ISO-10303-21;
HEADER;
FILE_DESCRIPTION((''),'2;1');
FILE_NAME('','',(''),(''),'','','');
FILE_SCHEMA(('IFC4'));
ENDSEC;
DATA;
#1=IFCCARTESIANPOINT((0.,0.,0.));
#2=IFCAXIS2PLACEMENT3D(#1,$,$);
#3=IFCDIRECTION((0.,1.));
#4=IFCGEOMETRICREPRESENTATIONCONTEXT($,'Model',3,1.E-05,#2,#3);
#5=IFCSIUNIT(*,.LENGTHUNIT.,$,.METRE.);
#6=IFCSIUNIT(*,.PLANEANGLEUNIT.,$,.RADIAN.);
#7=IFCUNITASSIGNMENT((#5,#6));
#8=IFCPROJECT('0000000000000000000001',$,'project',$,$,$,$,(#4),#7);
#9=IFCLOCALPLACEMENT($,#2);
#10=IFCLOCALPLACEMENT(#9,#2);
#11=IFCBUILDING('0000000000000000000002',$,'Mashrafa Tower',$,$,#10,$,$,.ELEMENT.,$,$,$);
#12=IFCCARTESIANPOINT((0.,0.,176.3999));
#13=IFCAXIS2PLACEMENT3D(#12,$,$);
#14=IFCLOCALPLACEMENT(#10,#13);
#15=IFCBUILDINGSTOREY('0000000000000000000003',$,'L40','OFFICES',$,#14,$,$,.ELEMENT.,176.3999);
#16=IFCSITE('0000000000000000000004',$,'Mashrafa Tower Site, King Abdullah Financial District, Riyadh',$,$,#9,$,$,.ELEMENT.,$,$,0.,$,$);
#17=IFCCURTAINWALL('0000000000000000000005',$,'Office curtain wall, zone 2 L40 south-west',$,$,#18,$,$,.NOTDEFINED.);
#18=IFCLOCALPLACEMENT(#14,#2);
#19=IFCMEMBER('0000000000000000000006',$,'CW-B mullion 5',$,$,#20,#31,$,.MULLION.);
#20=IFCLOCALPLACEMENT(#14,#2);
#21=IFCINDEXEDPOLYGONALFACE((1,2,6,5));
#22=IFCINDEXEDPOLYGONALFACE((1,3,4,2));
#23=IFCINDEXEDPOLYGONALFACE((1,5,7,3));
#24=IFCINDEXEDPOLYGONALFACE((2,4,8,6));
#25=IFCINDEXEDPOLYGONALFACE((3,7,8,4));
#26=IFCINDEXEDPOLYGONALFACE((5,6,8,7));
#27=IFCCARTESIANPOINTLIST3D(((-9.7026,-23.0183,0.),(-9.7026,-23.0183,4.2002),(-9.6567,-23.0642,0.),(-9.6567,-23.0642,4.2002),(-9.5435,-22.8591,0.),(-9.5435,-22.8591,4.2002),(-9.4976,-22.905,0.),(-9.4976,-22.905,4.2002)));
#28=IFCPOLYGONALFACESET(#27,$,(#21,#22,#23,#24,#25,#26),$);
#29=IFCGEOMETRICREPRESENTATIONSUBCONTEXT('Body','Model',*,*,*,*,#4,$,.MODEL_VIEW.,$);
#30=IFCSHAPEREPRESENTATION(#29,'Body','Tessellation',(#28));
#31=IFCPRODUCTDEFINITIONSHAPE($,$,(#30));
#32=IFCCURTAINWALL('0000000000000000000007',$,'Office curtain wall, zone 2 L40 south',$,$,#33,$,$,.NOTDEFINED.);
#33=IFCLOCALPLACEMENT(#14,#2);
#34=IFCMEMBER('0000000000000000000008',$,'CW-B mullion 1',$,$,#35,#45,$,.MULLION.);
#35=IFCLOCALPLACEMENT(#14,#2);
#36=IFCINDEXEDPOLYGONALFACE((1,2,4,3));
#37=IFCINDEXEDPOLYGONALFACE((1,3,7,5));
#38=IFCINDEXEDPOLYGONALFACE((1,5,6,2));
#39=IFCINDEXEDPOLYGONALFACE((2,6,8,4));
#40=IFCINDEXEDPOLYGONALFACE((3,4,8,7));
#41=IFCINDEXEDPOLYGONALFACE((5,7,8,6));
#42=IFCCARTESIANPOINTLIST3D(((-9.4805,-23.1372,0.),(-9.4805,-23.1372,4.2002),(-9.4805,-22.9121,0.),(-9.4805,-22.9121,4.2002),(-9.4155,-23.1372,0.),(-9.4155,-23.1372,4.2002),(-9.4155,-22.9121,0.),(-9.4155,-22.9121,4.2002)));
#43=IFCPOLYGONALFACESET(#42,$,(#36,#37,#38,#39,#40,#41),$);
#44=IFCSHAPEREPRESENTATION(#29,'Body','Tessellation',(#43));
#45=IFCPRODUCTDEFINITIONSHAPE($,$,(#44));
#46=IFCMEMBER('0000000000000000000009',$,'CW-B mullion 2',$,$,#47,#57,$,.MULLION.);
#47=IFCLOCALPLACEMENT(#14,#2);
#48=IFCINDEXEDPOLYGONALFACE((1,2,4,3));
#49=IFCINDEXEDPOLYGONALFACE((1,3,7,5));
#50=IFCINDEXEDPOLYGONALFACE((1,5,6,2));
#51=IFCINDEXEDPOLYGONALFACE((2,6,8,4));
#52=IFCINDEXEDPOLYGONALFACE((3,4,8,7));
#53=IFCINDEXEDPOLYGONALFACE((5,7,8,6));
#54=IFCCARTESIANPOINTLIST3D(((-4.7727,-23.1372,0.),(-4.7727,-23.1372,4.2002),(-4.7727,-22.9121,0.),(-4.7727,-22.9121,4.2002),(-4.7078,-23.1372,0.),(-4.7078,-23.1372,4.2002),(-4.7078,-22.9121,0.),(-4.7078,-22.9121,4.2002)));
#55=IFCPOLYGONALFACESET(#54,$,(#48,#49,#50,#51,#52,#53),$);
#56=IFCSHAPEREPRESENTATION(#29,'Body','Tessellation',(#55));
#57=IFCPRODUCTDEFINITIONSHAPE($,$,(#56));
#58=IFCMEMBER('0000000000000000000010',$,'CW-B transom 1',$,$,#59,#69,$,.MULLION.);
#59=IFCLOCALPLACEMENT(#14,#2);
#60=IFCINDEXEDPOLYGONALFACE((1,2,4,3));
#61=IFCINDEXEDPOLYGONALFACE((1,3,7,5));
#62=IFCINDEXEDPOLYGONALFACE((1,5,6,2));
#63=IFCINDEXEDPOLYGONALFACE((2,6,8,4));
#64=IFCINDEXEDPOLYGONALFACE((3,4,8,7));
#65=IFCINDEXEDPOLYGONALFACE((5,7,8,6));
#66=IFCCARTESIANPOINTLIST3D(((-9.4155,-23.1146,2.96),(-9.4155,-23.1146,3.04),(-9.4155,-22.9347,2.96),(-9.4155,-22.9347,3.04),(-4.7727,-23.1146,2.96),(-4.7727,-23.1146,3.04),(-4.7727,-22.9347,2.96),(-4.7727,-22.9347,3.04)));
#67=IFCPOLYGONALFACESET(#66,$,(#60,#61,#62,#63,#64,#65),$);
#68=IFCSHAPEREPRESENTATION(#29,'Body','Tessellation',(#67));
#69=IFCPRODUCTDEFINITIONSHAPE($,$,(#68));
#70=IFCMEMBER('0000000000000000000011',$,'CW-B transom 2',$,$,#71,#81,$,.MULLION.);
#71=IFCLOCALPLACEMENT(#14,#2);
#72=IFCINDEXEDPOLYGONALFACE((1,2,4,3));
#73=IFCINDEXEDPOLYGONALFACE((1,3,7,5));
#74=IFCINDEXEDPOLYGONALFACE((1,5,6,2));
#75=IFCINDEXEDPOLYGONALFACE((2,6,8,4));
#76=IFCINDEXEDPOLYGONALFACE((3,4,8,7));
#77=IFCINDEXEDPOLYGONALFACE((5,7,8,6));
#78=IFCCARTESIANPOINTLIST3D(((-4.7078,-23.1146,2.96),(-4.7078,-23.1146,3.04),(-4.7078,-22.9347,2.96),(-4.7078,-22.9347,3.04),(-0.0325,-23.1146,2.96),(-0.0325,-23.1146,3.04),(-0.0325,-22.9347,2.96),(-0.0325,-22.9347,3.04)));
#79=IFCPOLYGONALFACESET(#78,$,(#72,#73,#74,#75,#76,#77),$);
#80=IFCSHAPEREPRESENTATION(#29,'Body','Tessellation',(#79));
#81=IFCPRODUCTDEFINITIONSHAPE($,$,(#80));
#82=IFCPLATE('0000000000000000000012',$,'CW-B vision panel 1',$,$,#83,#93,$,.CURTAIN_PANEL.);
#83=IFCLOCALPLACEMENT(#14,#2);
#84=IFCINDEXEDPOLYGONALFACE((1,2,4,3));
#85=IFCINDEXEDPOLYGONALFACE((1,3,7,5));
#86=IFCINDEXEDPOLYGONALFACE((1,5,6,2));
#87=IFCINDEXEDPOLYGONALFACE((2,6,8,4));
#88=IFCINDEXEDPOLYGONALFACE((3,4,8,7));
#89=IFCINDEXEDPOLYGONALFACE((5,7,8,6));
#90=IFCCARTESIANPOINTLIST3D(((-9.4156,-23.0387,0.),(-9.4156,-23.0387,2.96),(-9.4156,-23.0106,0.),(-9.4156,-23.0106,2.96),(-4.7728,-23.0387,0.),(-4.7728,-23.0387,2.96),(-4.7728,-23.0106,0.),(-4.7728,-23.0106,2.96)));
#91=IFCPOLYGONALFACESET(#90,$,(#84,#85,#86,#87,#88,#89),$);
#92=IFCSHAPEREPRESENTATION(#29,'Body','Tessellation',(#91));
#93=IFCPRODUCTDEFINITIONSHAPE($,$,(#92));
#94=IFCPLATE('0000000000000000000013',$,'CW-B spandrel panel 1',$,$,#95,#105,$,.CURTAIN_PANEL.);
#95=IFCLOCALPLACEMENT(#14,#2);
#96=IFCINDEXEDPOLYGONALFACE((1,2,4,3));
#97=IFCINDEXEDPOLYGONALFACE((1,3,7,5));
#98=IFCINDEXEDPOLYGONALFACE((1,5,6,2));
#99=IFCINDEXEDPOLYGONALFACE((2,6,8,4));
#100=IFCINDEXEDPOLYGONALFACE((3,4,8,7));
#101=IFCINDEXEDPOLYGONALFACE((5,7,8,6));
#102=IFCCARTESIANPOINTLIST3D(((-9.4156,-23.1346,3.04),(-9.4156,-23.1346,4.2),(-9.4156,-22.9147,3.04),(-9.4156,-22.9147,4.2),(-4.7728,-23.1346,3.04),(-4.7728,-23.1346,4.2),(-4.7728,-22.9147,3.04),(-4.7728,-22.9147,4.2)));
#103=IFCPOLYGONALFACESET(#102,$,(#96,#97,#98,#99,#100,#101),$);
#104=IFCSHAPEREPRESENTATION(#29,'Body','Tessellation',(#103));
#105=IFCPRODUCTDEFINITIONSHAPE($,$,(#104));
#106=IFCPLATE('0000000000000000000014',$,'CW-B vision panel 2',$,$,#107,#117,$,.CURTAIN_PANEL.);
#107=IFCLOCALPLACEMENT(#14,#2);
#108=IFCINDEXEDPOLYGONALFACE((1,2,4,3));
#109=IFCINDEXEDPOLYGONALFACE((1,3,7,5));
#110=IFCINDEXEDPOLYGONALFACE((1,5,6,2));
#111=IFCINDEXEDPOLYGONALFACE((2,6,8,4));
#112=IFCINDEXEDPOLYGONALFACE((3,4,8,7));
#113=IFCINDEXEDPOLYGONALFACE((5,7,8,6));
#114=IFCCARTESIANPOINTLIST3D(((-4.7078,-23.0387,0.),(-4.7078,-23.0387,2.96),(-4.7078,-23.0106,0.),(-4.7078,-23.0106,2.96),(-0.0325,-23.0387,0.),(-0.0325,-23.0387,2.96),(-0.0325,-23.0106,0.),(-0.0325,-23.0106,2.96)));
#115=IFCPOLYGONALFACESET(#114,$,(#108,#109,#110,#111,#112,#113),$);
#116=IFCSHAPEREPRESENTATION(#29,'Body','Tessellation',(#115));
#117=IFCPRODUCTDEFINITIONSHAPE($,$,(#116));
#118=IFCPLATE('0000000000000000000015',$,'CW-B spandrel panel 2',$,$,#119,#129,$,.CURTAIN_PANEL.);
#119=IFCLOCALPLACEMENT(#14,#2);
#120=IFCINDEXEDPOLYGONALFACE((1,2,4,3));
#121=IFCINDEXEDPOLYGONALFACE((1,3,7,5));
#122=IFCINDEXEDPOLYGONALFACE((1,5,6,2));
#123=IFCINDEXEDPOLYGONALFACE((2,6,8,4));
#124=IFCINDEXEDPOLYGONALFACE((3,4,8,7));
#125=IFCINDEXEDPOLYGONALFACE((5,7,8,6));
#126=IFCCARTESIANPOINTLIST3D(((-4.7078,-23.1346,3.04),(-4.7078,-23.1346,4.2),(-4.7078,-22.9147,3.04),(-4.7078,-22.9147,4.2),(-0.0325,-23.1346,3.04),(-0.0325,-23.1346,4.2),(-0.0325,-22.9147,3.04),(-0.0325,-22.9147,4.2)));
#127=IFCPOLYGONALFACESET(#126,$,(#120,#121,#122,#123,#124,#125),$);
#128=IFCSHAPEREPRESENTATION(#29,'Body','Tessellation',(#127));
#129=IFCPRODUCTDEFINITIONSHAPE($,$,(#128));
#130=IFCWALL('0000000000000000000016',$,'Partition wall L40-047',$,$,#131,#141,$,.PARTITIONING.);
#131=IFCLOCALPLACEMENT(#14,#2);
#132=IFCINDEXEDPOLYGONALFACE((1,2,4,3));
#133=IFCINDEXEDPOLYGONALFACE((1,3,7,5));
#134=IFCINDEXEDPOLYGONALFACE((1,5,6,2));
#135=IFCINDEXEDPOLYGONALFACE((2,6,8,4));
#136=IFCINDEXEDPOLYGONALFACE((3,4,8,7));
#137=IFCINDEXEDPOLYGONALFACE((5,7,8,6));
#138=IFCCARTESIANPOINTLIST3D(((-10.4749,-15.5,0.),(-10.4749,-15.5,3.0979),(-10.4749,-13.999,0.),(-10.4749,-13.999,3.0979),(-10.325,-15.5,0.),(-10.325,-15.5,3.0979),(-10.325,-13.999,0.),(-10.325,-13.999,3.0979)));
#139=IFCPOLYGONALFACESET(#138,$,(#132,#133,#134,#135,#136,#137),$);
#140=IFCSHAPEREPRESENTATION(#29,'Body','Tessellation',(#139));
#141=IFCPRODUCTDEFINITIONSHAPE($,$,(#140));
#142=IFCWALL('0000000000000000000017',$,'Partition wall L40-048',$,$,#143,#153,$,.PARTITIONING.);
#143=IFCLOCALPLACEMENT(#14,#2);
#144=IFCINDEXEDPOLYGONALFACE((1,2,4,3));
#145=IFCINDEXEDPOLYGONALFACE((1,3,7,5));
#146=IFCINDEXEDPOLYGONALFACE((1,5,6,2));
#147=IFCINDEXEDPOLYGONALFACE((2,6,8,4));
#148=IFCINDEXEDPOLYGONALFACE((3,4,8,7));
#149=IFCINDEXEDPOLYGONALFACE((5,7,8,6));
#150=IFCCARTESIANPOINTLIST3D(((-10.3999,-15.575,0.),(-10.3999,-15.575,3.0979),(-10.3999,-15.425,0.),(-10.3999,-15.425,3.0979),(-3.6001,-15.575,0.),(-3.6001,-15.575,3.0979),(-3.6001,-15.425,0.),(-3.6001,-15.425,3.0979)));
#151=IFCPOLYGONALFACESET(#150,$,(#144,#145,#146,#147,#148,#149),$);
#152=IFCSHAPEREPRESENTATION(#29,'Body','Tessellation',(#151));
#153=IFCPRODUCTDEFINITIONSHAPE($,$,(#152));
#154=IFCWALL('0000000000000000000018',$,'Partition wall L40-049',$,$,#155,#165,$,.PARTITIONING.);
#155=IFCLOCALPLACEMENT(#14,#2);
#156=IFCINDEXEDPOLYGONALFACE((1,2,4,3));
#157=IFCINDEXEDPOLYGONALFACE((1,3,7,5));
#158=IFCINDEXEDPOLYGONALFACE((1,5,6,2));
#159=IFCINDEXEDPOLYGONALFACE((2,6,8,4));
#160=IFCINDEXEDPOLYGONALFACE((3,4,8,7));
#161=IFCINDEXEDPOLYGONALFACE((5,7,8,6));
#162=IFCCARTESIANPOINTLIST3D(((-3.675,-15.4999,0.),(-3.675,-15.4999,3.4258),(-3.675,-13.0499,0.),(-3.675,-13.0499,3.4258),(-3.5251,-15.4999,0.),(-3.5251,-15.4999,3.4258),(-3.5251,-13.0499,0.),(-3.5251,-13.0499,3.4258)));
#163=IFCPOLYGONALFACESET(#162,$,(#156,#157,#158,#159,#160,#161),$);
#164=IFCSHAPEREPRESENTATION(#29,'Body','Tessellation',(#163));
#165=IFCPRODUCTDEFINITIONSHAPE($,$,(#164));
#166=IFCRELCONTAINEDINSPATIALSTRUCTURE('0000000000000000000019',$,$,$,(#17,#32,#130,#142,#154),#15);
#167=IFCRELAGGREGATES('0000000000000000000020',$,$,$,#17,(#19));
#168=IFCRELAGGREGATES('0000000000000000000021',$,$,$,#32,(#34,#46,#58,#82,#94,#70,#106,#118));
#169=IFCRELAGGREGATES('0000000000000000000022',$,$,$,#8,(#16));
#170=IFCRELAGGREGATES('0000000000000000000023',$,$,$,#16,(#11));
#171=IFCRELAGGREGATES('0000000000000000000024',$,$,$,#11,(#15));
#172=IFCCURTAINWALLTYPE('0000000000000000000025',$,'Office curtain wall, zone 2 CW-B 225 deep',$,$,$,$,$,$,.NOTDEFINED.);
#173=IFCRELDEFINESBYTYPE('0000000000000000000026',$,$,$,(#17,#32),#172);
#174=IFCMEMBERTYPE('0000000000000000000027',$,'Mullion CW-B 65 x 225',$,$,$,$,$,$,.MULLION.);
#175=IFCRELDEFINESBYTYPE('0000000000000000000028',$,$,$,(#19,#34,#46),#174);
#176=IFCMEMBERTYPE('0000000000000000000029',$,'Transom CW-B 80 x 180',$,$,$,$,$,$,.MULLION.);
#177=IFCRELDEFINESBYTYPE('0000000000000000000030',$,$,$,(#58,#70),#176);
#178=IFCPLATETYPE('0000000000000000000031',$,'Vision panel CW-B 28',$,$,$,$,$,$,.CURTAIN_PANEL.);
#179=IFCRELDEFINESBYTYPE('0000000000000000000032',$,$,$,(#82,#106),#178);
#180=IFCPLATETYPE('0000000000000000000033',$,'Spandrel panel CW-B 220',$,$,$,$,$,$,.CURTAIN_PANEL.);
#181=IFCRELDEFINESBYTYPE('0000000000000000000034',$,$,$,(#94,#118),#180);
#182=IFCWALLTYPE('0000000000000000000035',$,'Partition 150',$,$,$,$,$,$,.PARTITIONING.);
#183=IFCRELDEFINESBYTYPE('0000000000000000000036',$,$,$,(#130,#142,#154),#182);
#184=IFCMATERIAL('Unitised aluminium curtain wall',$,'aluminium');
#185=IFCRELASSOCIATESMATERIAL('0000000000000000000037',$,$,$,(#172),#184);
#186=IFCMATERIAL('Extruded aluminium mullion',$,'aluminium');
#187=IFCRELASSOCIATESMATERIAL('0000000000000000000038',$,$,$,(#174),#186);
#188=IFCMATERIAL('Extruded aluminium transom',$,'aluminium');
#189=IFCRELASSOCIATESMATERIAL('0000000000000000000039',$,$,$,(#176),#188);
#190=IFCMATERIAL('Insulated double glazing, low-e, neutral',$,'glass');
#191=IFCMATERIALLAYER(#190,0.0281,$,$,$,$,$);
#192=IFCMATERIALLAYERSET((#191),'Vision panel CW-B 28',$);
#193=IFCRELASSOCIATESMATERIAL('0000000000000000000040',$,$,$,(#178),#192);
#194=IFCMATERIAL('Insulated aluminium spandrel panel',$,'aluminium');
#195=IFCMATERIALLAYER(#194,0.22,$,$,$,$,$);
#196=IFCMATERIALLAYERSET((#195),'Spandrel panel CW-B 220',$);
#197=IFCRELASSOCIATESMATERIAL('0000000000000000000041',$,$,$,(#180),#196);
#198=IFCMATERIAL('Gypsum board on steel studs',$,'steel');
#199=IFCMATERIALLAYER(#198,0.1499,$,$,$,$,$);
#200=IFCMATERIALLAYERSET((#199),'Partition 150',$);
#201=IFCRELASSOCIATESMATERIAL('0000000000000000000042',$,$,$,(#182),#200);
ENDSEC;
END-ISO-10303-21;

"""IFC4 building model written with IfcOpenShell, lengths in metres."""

from ifc_helpers import new_model, si_unit, direction, frame, frame_2d, origin, origin_2d, place, context, subcontext, project, spatial, rectangle, extrude, source, transform, mapped, material, layer, layer_set, material_profile, profile_set, type_object, type_shapes, element, aggregate, save


model = new_model("IFC4")

# Units and contexts
model_context = context("Model", 3, precision=1e-05, world=origin(), true_north=direction((0.0, 1.0)))
body_context = subcontext(model_context, "Body", "Model", "MODEL_VIEW")
ifc_project = project(units=[si_unit("LENGTHUNIT", "METRE"), si_unit("PLANEANGLEUNIT", "RADIAN")], contexts=[model_context])

# Site, building, storey
site_placement = place(None, origin())
site = spatial("IfcSite", under=ifc_project, at=site_placement, Name="Mashrafa Tower Site, King Abdullah Financial District, Riyadh", CompositionType="ELEMENT", RefElevation=0.0)
building_placement = place(site_placement, origin())
building = spatial("IfcBuilding", under=site, at=building_placement, Name="Mashrafa Tower", CompositionType="ELEMENT")
storey_placement = place(building_placement, frame((0.0, 0.0, 176.3999)))
storey = spatial("IfcBuildingStorey", under=building, at=storey_placement, Name="L40", Description="OFFICES", CompositionType="ELEMENT", Elevation=176.3999)

# Curtain wall, member
ifc_material_1 = material(Name="Unitised aluminium curtain wall", Category="aluminium")
curtain_wall_type = type_object("IfcCurtainWallType", Name="Office curtain wall, zone 2 CW-B 225 deep", PredefinedType="NOTDEFINED", material=ifc_material_1)
curtain_wall_1_placement = place(storey_placement, origin())
curtain_wall_1 = element("IfcCurtainWall", 1, at=curtain_wall_1_placement, inside=storey, type_object=curtain_wall_type, Name="Office curtain wall, zone 2 L40 south-west", PredefinedType="NOTDEFINED")
ifc_material_2 = material(Name="Extruded aluminium mullion", Category="aluminium")
ifc_material_profile_1 = material_profile(ifc_material_2, rectangle(XDim=0.2251, YDim=0.0649, at=origin_2d()), Name="Mullion 65x225")
ifc_profile_set_1 = profile_set([ifc_material_profile_1], Name="Extruded aluminium mullion")
member_type_1 = type_object("IfcMemberType", Name="Mullion CW-B 65 x 225", PredefinedType="MULLION", material=ifc_profile_set_1)
shared_shape_1 = source(origin(), body_context, "Body", "SweptSolid", [
    extrude(rectangle(XDim=0.2251, YDim=0.0649, at=origin_2d()), origin(), (0.0, 0.0, 1.0), 4.2002),
])
type_shapes(member_type_1, [shared_shape_1])
member_1_placement = place(storey_placement, frame((-9.6001, -22.9617, 0.0), z_axis=(0.0, 0.0, 1.0), x_axis=(0.707107, 0.707107, 0.0)))
member_1 = element("IfcMember", 2, at=member_1_placement, type_object=member_type_1, Name="CW-B mullion 5", PredefinedType="MULLION", context=body_context, shape_type="MappedRepresentation", body=[
    mapped(shared_shape_1, transform((0.0, 0.0, 0.0))),
])
aggregate(curtain_wall_1, [member_1])

# Curtain wall, members, plates
curtain_wall_2_placement = place(storey_placement, origin())
curtain_wall_2 = element("IfcCurtainWall", 3, at=curtain_wall_2_placement, inside=storey, type_object=curtain_wall_type, Name="Office curtain wall, zone 2 L40 south", PredefinedType="NOTDEFINED")
member_2_placement = place(storey_placement, frame((-9.448, -23.0247, 0.0), z_axis=(0.0, 0.0, 1.0), x_axis=(0.0, 1.0, 0.0)))
member_2 = element("IfcMember", 4, at=member_2_placement, type_object=member_type_1, Name="CW-B mullion 1", PredefinedType="MULLION", context=body_context, shape_type="MappedRepresentation", body=[
    mapped(shared_shape_1, transform((0.0, 0.0, 0.0))),
])
member_3_placement = place(storey_placement, frame((-4.7402, -23.0247, 0.0), z_axis=(0.0, 0.0, 1.0), x_axis=(0.0, 1.0, 0.0)))
member_3 = element("IfcMember", 5, at=member_3_placement, type_object=member_type_1, Name="CW-B mullion 2", PredefinedType="MULLION", context=body_context, shape_type="MappedRepresentation", body=[
    mapped(shared_shape_1, transform((0.0, 0.0, 0.0))),
])
ifc_material_3 = material(Name="Extruded aluminium transom", Category="aluminium")
ifc_material_profile_2 = material_profile(ifc_material_3, rectangle(XDim=0.1799, YDim=0.0801, at=origin_2d()), Name="Transom 80x180")
ifc_profile_set_2 = profile_set([ifc_material_profile_2], Name="Extruded aluminium transom")
member_type_2 = type_object("IfcMemberType", Name="Transom CW-B 80 x 180", PredefinedType="MULLION", material=ifc_profile_set_2)
shared_shape_2 = source(origin(), body_context, "Body", "SweptSolid", [
    extrude(rectangle(XDim=0.1799, YDim=0.0801, at=origin_2d()), origin(), (0.0, 0.0, 1.0), 4.6428),
])
member_4_placement = place(storey_placement, frame((-9.4155, -23.0247, 3.0), z_axis=(1.0, 0.0, 0.0), x_axis=(0.0, 1.0, 0.0)))
member_4 = element("IfcMember", 6, at=member_4_placement, type_object=member_type_2, Name="CW-B transom 1", PredefinedType="MULLION", context=body_context, shape_type="MappedRepresentation", body=[
    mapped(shared_shape_2, transform((0.0, 0.0, 0.0))),
])
shared_shape_3 = source(origin(), body_context, "Body", "SweptSolid", [
    extrude(rectangle(XDim=0.1799, YDim=0.0801, at=origin_2d()), origin(), (0.0, 0.0, 1.0), 4.6753),
])
type_shapes(member_type_2, [shared_shape_2, shared_shape_3])
member_5_placement = place(storey_placement, frame((-4.7078, -23.0247, 3.0), z_axis=(1.0, 0.0, 0.0), x_axis=(0.0, 1.0, 0.0)))
member_5 = element("IfcMember", 7, at=member_5_placement, type_object=member_type_2, Name="CW-B transom 2", PredefinedType="MULLION", context=body_context, shape_type="MappedRepresentation", body=[
    mapped(shared_shape_3, transform((0.0, 0.0, 0.0))),
])
ifc_material_4 = material(Name="Insulated double glazing, low-e, neutral", Category="glass")
ifc_layer_1 = layer(ifc_material_4, 0.0281)
ifc_layer_set_1 = layer_set([ifc_layer_1], Name="Vision panel CW-B 28")
plate_type_1 = type_object("IfcPlateType", Name="Vision panel CW-B 28", PredefinedType="CURTAIN_PANEL", material=ifc_layer_set_1)
shared_shape_4 = source(origin(), body_context, "Body", "SweptSolid", [
    extrude(rectangle(XDim=4.6428, YDim=0.0281, at=origin_2d()), origin(), (0.0, 0.0, 1.0), 2.96),
])
plate_1_placement = place(storey_placement, frame((-7.0942, -23.0247, 0.0), z_axis=(0.0, 0.0, 1.0), x_axis=(1.0, 0.0, 0.0)))
plate_1 = element("IfcPlate", 8, at=plate_1_placement, type_object=plate_type_1, Name="CW-B vision panel 1", PredefinedType="CURTAIN_PANEL", context=body_context, shape_type="MappedRepresentation", body=[
    mapped(shared_shape_4, transform((0.0, 0.0, 0.0))),
])
ifc_material_5 = material(Name="Insulated aluminium spandrel panel", Category="aluminium")
ifc_layer_2 = layer(ifc_material_5, 0.22)
ifc_layer_set_2 = layer_set([ifc_layer_2], Name="Spandrel panel CW-B 220")
plate_type_2 = type_object("IfcPlateType", Name="Spandrel panel CW-B 220", PredefinedType="CURTAIN_PANEL", material=ifc_layer_set_2)
shared_shape_5 = source(origin(), body_context, "Body", "SweptSolid", [
    extrude(rectangle(XDim=4.6428, YDim=0.22, at=origin_2d()), origin(), (0.0, 0.0, 1.0), 1.1599),
])
plate_2_placement = place(storey_placement, frame((-7.0942, -23.0247, 3.04), z_axis=(0.0, 0.0, 1.0), x_axis=(1.0, 0.0, 0.0)))
plate_2 = element("IfcPlate", 9, at=plate_2_placement, type_object=plate_type_2, Name="CW-B spandrel panel 1", PredefinedType="CURTAIN_PANEL", context=body_context, shape_type="MappedRepresentation", body=[
    mapped(shared_shape_5, transform((0.0, 0.0, 0.0))),
])
shared_shape_6 = source(origin(), body_context, "Body", "SweptSolid", [
    extrude(rectangle(XDim=4.6753, YDim=0.0281, at=origin_2d()), origin(), (0.0, 0.0, 1.0), 2.96),
])
type_shapes(plate_type_1, [shared_shape_4, shared_shape_6])
plate_3_placement = place(storey_placement, frame((-2.3701, -23.0247, 0.0), z_axis=(0.0, 0.0, 1.0), x_axis=(1.0, 0.0, 0.0)))
plate_3 = element("IfcPlate", 10, at=plate_3_placement, type_object=plate_type_1, Name="CW-B vision panel 2", PredefinedType="CURTAIN_PANEL", context=body_context, shape_type="MappedRepresentation", body=[
    mapped(shared_shape_6, transform((0.0, 0.0, 0.0))),
])
shared_shape_7 = source(origin(), body_context, "Body", "SweptSolid", [
    extrude(rectangle(XDim=4.6753, YDim=0.22, at=origin_2d()), origin(), (0.0, 0.0, 1.0), 1.1599),
])
type_shapes(plate_type_2, [shared_shape_5, shared_shape_7])
plate_4_placement = place(storey_placement, frame((-2.3701, -23.0247, 3.04), z_axis=(0.0, 0.0, 1.0), x_axis=(1.0, 0.0, 0.0)))
plate_4 = element("IfcPlate", 11, at=plate_4_placement, type_object=plate_type_2, Name="CW-B spandrel panel 2", PredefinedType="CURTAIN_PANEL", context=body_context, shape_type="MappedRepresentation", body=[
    mapped(shared_shape_7, transform((0.0, 0.0, 0.0))),
])
aggregate(curtain_wall_2, [member_2, member_3, member_4, plate_1, plate_2, member_5, plate_3, plate_4])

# Walls
ifc_material_6 = material(Name="Gypsum board on steel studs", Category="steel")
ifc_layer_3 = layer(ifc_material_6, 0.1499)
ifc_layer_set_3 = layer_set([ifc_layer_3], Name="Partition 150")
wall_type = type_object("IfcWallType", Name="Partition 150", PredefinedType="PARTITIONING", material=ifc_layer_set_3)
wall_1_placement = place(storey_placement, frame((-10.3999, -13.999, 0.0), z_axis=(0.0, 0.0, 1.0), x_axis=(0.0, -1.0, 0.0)))
element("IfcWall", 12, at=wall_1_placement, inside=storey, type_object=wall_type, Name="Partition wall L40-047", PredefinedType="PARTITIONING", context=body_context, shape_type="SweptSolid", body=[
    extrude(rectangle(XDim=1.501, YDim=0.1499, at=frame_2d((0.7505, 0.0))), origin(), (0.0, 0.0, 1.0), 3.0979),
])
wall_2_placement = place(storey_placement, frame((-10.3999, -15.5, 0.0), z_axis=(0.0, 0.0, 1.0), x_axis=(1.0, 0.0, 0.0)))
element("IfcWall", 13, at=wall_2_placement, inside=storey, type_object=wall_type, Name="Partition wall L40-048", PredefinedType="PARTITIONING", context=body_context, shape_type="SweptSolid", body=[
    extrude(rectangle(XDim=6.7998, YDim=0.1499, at=frame_2d((3.3999, 0.0))), origin(), (0.0, 0.0, 1.0), 3.0979),
])
wall_3_placement = place(storey_placement, frame((-3.6001, -15.5, 0.0), z_axis=(0.0, 0.0, 1.0), x_axis=(0.0, 1.0, 0.0)))
element("IfcWall", 14, at=wall_3_placement, inside=storey, type_object=wall_type, Name="Partition wall L40-049", PredefinedType="PARTITIONING", context=body_context, shape_type="SweptSolid", body=[
    extrude(rectangle(XDim=2.45, YDim=0.1499, at=frame_2d((1.2251, 0.0))), origin(), (0.0, 0.0, 1.0), 3.4258),
])

save(model, "model.ifc")
